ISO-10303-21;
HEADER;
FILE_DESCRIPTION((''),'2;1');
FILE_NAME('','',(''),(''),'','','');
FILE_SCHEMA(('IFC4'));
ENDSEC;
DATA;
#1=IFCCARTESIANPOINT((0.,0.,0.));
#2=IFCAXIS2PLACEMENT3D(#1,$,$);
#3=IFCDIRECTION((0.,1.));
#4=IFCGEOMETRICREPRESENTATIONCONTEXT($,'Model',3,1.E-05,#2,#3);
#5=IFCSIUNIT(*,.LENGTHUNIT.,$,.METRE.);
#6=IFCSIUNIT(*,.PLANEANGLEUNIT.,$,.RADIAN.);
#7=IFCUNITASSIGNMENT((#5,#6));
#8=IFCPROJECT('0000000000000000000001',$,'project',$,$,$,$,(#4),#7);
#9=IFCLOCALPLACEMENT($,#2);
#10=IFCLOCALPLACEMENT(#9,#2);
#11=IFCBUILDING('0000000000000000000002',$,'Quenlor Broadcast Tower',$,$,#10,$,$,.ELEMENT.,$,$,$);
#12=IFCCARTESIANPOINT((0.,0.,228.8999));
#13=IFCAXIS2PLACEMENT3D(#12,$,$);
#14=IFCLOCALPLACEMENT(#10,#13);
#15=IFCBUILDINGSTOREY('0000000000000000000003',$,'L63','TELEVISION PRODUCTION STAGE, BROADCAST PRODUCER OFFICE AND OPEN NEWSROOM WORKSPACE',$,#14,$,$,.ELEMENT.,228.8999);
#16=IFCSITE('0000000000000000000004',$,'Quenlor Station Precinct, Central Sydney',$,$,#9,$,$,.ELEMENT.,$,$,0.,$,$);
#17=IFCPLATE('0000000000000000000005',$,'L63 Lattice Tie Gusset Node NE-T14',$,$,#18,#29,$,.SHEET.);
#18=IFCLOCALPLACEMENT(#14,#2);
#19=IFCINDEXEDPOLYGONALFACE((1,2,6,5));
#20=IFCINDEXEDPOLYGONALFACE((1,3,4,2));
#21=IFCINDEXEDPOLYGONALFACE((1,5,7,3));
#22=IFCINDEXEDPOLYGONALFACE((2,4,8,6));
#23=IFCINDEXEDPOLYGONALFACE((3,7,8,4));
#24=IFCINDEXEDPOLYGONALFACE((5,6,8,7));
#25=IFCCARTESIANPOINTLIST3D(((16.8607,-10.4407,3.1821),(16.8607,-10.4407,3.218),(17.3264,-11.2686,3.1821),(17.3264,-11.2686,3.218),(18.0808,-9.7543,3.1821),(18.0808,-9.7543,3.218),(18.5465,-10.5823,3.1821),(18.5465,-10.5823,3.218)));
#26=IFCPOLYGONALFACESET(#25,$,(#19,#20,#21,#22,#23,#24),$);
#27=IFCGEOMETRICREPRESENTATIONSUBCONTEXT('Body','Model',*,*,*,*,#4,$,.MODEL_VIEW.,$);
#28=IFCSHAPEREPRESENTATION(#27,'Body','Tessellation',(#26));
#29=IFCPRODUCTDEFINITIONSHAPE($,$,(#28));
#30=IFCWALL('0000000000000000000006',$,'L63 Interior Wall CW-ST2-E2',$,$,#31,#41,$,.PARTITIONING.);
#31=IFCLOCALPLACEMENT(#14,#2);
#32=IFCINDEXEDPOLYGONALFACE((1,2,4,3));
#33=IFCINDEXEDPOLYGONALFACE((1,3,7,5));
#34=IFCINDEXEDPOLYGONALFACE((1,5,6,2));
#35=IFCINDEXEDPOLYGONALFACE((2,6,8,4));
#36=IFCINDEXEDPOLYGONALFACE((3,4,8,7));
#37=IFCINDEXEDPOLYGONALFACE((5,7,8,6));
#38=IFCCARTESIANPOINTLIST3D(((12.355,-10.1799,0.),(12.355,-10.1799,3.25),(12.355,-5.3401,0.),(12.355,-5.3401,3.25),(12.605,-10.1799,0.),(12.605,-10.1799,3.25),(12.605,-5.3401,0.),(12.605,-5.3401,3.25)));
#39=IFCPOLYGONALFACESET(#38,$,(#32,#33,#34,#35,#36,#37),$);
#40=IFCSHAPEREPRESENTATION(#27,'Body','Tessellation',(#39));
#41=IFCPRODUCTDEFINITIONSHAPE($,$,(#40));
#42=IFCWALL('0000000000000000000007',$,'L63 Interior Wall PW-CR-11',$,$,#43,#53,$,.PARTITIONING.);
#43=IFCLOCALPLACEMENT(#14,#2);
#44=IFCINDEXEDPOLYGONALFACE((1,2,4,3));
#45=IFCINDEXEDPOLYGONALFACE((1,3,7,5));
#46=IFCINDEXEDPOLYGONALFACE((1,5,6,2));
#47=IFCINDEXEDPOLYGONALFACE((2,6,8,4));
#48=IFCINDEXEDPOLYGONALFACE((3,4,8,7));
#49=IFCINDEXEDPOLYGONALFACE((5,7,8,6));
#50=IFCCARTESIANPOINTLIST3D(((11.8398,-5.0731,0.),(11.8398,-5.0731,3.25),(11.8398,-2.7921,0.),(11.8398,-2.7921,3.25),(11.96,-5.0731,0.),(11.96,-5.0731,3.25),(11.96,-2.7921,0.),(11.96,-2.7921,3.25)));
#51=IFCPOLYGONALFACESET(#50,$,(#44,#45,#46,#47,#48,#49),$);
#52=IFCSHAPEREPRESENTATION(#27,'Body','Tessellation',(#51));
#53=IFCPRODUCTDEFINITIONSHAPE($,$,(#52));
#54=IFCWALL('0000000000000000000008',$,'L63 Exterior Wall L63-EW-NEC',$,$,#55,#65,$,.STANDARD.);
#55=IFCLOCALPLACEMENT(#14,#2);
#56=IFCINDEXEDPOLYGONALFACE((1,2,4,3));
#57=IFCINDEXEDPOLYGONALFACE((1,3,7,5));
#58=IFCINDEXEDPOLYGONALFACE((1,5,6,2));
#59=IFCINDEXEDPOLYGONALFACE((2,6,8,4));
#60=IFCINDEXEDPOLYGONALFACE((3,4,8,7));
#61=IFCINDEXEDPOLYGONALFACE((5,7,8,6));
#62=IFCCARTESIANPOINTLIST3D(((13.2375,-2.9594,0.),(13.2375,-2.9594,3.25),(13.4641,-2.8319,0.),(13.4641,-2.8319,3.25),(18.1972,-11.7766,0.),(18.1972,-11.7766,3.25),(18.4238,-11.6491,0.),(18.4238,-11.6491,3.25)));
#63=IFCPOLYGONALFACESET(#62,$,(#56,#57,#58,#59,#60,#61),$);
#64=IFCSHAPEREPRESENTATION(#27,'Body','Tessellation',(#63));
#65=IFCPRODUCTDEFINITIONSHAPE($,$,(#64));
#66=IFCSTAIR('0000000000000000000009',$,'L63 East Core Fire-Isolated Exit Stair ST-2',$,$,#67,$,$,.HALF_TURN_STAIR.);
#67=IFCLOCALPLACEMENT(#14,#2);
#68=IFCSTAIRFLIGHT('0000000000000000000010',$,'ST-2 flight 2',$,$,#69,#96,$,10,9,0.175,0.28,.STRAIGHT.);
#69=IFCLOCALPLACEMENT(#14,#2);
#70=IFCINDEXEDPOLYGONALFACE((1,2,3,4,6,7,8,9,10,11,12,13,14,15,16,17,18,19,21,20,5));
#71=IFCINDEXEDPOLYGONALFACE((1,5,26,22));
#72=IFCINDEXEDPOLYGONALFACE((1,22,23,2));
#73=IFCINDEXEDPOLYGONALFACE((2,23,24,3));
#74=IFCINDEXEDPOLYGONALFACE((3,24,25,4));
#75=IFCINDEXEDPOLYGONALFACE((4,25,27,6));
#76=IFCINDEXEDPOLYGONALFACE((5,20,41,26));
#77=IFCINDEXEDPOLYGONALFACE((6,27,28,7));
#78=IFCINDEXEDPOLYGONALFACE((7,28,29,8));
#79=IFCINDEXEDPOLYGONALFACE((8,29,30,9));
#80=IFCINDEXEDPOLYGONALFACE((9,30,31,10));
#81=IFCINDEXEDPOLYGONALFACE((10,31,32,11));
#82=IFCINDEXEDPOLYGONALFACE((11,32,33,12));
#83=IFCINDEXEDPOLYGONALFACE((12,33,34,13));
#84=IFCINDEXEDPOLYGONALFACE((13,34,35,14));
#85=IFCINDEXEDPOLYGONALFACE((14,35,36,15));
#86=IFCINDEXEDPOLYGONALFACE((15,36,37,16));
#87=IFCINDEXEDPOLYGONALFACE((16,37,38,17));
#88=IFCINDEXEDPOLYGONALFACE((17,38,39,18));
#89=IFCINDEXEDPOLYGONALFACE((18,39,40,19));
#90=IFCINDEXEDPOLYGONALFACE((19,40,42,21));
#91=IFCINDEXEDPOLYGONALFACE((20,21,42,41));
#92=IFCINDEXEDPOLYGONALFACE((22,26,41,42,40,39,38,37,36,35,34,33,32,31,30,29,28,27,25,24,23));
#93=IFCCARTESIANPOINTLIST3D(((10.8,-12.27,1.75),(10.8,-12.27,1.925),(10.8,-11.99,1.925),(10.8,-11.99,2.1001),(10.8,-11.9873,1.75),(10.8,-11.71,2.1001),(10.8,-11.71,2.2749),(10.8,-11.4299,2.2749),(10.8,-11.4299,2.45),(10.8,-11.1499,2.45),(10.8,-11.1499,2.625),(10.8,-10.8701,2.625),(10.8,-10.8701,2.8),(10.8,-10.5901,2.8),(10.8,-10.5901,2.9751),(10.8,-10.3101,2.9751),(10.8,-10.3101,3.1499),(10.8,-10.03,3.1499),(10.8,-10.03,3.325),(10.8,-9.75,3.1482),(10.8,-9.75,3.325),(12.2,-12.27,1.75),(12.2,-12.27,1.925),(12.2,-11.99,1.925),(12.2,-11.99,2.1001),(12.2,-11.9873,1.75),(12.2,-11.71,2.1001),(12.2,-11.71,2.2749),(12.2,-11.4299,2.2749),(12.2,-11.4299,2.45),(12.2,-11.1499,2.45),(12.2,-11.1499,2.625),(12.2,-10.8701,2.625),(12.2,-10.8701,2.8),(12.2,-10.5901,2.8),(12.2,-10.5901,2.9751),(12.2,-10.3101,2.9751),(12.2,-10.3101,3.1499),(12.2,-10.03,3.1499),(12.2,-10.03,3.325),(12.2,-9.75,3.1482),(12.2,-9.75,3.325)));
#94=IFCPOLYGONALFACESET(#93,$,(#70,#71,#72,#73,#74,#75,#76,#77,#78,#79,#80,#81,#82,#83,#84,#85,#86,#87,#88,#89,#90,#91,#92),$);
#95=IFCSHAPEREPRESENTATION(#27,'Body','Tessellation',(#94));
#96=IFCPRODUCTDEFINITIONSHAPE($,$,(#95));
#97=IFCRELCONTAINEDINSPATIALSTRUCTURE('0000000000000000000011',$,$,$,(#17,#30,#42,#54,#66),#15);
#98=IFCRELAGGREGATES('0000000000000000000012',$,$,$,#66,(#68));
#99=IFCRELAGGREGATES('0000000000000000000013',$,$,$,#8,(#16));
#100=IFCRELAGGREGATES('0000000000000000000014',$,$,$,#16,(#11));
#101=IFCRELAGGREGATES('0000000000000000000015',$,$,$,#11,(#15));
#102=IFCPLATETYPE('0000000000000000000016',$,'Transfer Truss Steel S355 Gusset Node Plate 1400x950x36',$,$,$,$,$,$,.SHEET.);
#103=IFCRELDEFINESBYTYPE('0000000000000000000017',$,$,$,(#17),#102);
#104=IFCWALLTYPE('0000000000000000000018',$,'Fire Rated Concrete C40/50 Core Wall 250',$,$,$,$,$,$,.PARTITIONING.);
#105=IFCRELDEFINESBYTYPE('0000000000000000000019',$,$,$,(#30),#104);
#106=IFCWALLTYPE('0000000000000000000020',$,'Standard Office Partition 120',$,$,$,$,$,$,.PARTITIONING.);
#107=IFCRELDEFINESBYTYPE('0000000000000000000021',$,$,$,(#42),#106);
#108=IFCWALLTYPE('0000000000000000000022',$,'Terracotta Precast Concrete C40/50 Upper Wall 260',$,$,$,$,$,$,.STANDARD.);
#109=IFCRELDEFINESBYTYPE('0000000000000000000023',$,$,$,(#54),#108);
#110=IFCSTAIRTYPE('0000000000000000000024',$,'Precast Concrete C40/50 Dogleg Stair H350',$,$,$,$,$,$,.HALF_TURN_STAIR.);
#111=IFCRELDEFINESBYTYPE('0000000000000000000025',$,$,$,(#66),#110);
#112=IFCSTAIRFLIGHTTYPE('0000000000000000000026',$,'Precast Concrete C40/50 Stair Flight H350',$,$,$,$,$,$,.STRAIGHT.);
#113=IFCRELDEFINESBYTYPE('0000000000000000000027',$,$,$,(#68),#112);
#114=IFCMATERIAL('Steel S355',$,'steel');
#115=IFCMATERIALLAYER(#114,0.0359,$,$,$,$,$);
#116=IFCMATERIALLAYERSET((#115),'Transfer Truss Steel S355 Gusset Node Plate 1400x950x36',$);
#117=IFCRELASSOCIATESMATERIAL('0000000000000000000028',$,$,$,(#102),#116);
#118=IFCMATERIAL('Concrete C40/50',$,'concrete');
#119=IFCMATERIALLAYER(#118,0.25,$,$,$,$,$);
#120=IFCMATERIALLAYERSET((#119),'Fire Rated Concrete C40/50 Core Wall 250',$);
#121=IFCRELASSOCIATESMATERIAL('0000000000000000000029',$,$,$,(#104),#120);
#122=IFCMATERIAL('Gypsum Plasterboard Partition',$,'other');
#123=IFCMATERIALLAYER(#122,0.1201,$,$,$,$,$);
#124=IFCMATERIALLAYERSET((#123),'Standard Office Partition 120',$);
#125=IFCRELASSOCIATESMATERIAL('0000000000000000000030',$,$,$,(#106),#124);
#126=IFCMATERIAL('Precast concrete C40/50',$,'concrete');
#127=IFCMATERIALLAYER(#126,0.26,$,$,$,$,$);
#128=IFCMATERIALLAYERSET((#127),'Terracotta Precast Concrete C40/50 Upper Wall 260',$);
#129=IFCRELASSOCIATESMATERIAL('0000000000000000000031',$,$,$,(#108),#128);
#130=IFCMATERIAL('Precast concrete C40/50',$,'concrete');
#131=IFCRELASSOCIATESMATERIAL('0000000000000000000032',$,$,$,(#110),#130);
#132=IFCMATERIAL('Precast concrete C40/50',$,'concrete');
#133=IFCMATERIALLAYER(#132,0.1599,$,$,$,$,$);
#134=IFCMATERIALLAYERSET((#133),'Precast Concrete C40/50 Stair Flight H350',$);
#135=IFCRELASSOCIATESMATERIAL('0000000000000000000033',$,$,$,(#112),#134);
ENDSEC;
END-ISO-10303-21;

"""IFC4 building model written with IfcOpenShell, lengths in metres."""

from ifc_helpers import new_model, si_unit, direction, frame, frame_2d, origin, origin_2d, place, context, subcontext, project, spatial, polyline, rectangle, outline, extrude, material, layer, layer_set, type_object, element, aggregate, save


model = new_model("IFC4")

# Units and contexts
model_context = context("Model", 3, precision=1e-05, world=origin(), true_north=direction((0.0, 1.0)))
body_context = subcontext(model_context, "Body", "Model", "MODEL_VIEW")
ifc_project = project(units=[si_unit("LENGTHUNIT", "METRE"), si_unit("PLANEANGLEUNIT", "RADIAN")], contexts=[model_context])

# Site, building, storey
site_placement = place(None, origin())
site = spatial("IfcSite", under=ifc_project, at=site_placement, Name="Quenlor Station Precinct, Central Sydney", CompositionType="ELEMENT", RefElevation=0.0)
building_placement = place(site_placement, origin())
building = spatial("IfcBuilding", under=site, at=building_placement, Name="Quenlor Broadcast Tower", CompositionType="ELEMENT")
storey_placement = place(building_placement, frame((0.0, 0.0, 228.8999)))
storey = spatial("IfcBuildingStorey", under=building, at=storey_placement, Name="L63", Description="TELEVISION PRODUCTION STAGE, BROADCAST PRODUCER OFFICE AND OPEN NEWSROOM WORKSPACE", CompositionType="ELEMENT", Elevation=228.8999)

# Plate
ifc_material_1 = material(Name="Steel S355", Category="steel")
ifc_layer_1 = layer(ifc_material_1, 0.0359)
ifc_layer_set_1 = layer_set([ifc_layer_1], Name="Transfer Truss Steel S355 Gusset Node Plate 1400x950x36")
plate_type = type_object("IfcPlateType", Name="Transfer Truss Steel S355 Gusset Node Plate 1400x950x36", PredefinedType="SHEET", material=ifc_layer_set_1)
for number, where, z_axis, x_axis, name in (
    (1, (17.7036, -10.5115, 3.1821), (0.0, 0.0, 1.0), (0.871556, 0.490295, 0.0), "L63 Lattice Tie Gusset Node NE-T14"),
):
    element("IfcPlate", number, at=place(storey_placement, frame(where, z_axis=z_axis, x_axis=x_axis)), inside=storey, type_object=plate_type, Name=name, PredefinedType="SHEET", context=body_context, shape_type="SweptSolid", body=[
        extrude(rectangle(XDim=1.3999, YDim=0.95, at=origin_2d()), origin(), (0.0, 0.0, 1.0), 0.0359),
    ])

# Walls
ifc_material_2 = material(Name="Concrete C40/50", Category="concrete")
ifc_layer_2 = layer(ifc_material_2, 0.25)
ifc_layer_set_2 = layer_set([ifc_layer_2], Name="Fire Rated Concrete C40/50 Core Wall 250")
wall_type_1 = type_object("IfcWallType", Name="Fire Rated Concrete C40/50 Core Wall 250", PredefinedType="PARTITIONING", material=ifc_layer_set_2)
wall_1_placement = place(storey_placement, frame((12.48, -10.1799, 0.0), z_axis=(0.0, 0.0, 1.0), x_axis=(0.0, 1.0, 0.0)))
element("IfcWall", 2, at=wall_1_placement, inside=storey, type_object=wall_type_1, Name="L63 Interior Wall CW-ST2-E2", PredefinedType="PARTITIONING", context=body_context, shape_type="SweptSolid", body=[
    extrude(rectangle(XDim=4.8398, YDim=0.25, at=frame_2d((2.4199, 0.0))), origin(), (0.0, 0.0, 1.0), 3.25),
])
ifc_material_3 = material(Name="Gypsum Plasterboard Partition", Category="other")
ifc_layer_3 = layer(ifc_material_3, 0.1201)
ifc_layer_set_3 = layer_set([ifc_layer_3], Name="Standard Office Partition 120")
wall_type_2 = type_object("IfcWallType", Name="Standard Office Partition 120", PredefinedType="PARTITIONING", material=ifc_layer_set_3)
wall_2_placement = place(storey_placement, frame((11.8999, -2.792, 0.0), z_axis=(0.0, 0.0, 1.0), x_axis=(0.0, -1.0, 0.0)))
element("IfcWall", 3, at=wall_2_placement, inside=storey, type_object=wall_type_2, Name="L63 Interior Wall PW-CR-11", PredefinedType="PARTITIONING", context=body_context, shape_type="SweptSolid", body=[
    extrude(rectangle(XDim=2.281, YDim=0.1201, at=frame_2d((1.1406, 0.0))), origin(), (0.0, 0.0, 1.0), 3.25),
])
ifc_material_4 = material(Name="Precast concrete C40/50", Category="concrete")
ifc_layer_4 = layer(ifc_material_4, 0.26)
ifc_layer_set_4 = layer_set([ifc_layer_4], Name="Terracotta Precast Concrete C40/50 Upper Wall 260")
wall_type_3 = type_object("IfcWallType", Name="Terracotta Precast Concrete C40/50 Upper Wall 260", PredefinedType="STANDARD", material=ifc_layer_set_4)
wall_3_placement = place(storey_placement, frame((13.3508, -2.8958, 0.0), z_axis=(0.0, 0.0, 1.0), x_axis=(0.490267, -0.871572, 0.0)))
element("IfcWall", 4, at=wall_3_placement, inside=storey, type_object=wall_type_3, Name="L63 Exterior Wall L63-EW-NEC", PredefinedType="STANDARD", context=body_context, shape_type="SweptSolid", body=[
    extrude(rectangle(XDim=10.1165, YDim=0.26, at=frame_2d((5.0581, 0.0))), origin(), (0.0, 0.0, 1.0), 3.25),
])

# Stair, stair flight
ifc_material_5 = material(Name="Precast concrete C40/50", Category="concrete")
stair_type = type_object("IfcStairType", Name="Precast Concrete C40/50 Dogleg Stair H350", PredefinedType="HALF_TURN_STAIR", material=ifc_material_5)
stair_placement = place(storey_placement, origin())
stair = element("IfcStair", 5, at=stair_placement, inside=storey, type_object=stair_type, Name="L63 East Core Fire-Isolated Exit Stair ST-2", PredefinedType="HALF_TURN_STAIR")
ifc_material_6 = material(Name="Precast concrete C40/50", Category="concrete")
ifc_layer_5 = layer(ifc_material_6, 0.1599)
ifc_layer_set_5 = layer_set([ifc_layer_5], Name="Precast Concrete C40/50 Stair Flight H350")
stair_flight_type = type_object("IfcStairFlightType", Name="Precast Concrete C40/50 Stair Flight H350", PredefinedType="STRAIGHT", material=ifc_layer_set_5)
stair_flight_placement = place(storey_placement, frame((11.5, -12.27, 1.75), z_axis=(0.0, 0.0, 1.0), x_axis=(0.0, 1.0, 0.0)))
stair_flight = element("IfcStairFlight", 6, at=stair_flight_placement, type_object=stair_flight_type, Name="ST-2 flight 2", NumberOfRisers=10, NumberOfTreads=9, PredefinedType="STRAIGHT", RiserHeight=0.175, TreadLength=0.28, context=body_context, shape_type="SweptSolid", body=[
    extrude(outline(polyline([(0.0, 0.0), (0.0, 0.175), (0.28, 0.175), (0.28, 0.3501), (0.5601, 0.3501), (0.5601, 0.5249), (0.8401, 0.5249), (0.8401, 0.7), (1.1201, 0.7), (1.1201, 0.875), (1.3999, 0.875), (1.3999, 1.05), (1.6799, 1.05), (1.6799, 1.2251), (1.96, 1.2251), (1.96, 1.3999), (2.24, 1.3999), (2.24, 1.575), (2.52, 1.575), (2.52, 1.75), (2.52, 1.3982), (0.2827, 0.0), (0.0, 0.0)])), frame((0.0, 0.7, 0.0), z_axis=(0.0, -1.0, 0.0), x_axis=(1.0, 0.0, 0.0)), (0.0, 0.0, 1.0), 1.3999),
])
aggregate(stair, [stair_flight])

save(model, "model.ifc")
